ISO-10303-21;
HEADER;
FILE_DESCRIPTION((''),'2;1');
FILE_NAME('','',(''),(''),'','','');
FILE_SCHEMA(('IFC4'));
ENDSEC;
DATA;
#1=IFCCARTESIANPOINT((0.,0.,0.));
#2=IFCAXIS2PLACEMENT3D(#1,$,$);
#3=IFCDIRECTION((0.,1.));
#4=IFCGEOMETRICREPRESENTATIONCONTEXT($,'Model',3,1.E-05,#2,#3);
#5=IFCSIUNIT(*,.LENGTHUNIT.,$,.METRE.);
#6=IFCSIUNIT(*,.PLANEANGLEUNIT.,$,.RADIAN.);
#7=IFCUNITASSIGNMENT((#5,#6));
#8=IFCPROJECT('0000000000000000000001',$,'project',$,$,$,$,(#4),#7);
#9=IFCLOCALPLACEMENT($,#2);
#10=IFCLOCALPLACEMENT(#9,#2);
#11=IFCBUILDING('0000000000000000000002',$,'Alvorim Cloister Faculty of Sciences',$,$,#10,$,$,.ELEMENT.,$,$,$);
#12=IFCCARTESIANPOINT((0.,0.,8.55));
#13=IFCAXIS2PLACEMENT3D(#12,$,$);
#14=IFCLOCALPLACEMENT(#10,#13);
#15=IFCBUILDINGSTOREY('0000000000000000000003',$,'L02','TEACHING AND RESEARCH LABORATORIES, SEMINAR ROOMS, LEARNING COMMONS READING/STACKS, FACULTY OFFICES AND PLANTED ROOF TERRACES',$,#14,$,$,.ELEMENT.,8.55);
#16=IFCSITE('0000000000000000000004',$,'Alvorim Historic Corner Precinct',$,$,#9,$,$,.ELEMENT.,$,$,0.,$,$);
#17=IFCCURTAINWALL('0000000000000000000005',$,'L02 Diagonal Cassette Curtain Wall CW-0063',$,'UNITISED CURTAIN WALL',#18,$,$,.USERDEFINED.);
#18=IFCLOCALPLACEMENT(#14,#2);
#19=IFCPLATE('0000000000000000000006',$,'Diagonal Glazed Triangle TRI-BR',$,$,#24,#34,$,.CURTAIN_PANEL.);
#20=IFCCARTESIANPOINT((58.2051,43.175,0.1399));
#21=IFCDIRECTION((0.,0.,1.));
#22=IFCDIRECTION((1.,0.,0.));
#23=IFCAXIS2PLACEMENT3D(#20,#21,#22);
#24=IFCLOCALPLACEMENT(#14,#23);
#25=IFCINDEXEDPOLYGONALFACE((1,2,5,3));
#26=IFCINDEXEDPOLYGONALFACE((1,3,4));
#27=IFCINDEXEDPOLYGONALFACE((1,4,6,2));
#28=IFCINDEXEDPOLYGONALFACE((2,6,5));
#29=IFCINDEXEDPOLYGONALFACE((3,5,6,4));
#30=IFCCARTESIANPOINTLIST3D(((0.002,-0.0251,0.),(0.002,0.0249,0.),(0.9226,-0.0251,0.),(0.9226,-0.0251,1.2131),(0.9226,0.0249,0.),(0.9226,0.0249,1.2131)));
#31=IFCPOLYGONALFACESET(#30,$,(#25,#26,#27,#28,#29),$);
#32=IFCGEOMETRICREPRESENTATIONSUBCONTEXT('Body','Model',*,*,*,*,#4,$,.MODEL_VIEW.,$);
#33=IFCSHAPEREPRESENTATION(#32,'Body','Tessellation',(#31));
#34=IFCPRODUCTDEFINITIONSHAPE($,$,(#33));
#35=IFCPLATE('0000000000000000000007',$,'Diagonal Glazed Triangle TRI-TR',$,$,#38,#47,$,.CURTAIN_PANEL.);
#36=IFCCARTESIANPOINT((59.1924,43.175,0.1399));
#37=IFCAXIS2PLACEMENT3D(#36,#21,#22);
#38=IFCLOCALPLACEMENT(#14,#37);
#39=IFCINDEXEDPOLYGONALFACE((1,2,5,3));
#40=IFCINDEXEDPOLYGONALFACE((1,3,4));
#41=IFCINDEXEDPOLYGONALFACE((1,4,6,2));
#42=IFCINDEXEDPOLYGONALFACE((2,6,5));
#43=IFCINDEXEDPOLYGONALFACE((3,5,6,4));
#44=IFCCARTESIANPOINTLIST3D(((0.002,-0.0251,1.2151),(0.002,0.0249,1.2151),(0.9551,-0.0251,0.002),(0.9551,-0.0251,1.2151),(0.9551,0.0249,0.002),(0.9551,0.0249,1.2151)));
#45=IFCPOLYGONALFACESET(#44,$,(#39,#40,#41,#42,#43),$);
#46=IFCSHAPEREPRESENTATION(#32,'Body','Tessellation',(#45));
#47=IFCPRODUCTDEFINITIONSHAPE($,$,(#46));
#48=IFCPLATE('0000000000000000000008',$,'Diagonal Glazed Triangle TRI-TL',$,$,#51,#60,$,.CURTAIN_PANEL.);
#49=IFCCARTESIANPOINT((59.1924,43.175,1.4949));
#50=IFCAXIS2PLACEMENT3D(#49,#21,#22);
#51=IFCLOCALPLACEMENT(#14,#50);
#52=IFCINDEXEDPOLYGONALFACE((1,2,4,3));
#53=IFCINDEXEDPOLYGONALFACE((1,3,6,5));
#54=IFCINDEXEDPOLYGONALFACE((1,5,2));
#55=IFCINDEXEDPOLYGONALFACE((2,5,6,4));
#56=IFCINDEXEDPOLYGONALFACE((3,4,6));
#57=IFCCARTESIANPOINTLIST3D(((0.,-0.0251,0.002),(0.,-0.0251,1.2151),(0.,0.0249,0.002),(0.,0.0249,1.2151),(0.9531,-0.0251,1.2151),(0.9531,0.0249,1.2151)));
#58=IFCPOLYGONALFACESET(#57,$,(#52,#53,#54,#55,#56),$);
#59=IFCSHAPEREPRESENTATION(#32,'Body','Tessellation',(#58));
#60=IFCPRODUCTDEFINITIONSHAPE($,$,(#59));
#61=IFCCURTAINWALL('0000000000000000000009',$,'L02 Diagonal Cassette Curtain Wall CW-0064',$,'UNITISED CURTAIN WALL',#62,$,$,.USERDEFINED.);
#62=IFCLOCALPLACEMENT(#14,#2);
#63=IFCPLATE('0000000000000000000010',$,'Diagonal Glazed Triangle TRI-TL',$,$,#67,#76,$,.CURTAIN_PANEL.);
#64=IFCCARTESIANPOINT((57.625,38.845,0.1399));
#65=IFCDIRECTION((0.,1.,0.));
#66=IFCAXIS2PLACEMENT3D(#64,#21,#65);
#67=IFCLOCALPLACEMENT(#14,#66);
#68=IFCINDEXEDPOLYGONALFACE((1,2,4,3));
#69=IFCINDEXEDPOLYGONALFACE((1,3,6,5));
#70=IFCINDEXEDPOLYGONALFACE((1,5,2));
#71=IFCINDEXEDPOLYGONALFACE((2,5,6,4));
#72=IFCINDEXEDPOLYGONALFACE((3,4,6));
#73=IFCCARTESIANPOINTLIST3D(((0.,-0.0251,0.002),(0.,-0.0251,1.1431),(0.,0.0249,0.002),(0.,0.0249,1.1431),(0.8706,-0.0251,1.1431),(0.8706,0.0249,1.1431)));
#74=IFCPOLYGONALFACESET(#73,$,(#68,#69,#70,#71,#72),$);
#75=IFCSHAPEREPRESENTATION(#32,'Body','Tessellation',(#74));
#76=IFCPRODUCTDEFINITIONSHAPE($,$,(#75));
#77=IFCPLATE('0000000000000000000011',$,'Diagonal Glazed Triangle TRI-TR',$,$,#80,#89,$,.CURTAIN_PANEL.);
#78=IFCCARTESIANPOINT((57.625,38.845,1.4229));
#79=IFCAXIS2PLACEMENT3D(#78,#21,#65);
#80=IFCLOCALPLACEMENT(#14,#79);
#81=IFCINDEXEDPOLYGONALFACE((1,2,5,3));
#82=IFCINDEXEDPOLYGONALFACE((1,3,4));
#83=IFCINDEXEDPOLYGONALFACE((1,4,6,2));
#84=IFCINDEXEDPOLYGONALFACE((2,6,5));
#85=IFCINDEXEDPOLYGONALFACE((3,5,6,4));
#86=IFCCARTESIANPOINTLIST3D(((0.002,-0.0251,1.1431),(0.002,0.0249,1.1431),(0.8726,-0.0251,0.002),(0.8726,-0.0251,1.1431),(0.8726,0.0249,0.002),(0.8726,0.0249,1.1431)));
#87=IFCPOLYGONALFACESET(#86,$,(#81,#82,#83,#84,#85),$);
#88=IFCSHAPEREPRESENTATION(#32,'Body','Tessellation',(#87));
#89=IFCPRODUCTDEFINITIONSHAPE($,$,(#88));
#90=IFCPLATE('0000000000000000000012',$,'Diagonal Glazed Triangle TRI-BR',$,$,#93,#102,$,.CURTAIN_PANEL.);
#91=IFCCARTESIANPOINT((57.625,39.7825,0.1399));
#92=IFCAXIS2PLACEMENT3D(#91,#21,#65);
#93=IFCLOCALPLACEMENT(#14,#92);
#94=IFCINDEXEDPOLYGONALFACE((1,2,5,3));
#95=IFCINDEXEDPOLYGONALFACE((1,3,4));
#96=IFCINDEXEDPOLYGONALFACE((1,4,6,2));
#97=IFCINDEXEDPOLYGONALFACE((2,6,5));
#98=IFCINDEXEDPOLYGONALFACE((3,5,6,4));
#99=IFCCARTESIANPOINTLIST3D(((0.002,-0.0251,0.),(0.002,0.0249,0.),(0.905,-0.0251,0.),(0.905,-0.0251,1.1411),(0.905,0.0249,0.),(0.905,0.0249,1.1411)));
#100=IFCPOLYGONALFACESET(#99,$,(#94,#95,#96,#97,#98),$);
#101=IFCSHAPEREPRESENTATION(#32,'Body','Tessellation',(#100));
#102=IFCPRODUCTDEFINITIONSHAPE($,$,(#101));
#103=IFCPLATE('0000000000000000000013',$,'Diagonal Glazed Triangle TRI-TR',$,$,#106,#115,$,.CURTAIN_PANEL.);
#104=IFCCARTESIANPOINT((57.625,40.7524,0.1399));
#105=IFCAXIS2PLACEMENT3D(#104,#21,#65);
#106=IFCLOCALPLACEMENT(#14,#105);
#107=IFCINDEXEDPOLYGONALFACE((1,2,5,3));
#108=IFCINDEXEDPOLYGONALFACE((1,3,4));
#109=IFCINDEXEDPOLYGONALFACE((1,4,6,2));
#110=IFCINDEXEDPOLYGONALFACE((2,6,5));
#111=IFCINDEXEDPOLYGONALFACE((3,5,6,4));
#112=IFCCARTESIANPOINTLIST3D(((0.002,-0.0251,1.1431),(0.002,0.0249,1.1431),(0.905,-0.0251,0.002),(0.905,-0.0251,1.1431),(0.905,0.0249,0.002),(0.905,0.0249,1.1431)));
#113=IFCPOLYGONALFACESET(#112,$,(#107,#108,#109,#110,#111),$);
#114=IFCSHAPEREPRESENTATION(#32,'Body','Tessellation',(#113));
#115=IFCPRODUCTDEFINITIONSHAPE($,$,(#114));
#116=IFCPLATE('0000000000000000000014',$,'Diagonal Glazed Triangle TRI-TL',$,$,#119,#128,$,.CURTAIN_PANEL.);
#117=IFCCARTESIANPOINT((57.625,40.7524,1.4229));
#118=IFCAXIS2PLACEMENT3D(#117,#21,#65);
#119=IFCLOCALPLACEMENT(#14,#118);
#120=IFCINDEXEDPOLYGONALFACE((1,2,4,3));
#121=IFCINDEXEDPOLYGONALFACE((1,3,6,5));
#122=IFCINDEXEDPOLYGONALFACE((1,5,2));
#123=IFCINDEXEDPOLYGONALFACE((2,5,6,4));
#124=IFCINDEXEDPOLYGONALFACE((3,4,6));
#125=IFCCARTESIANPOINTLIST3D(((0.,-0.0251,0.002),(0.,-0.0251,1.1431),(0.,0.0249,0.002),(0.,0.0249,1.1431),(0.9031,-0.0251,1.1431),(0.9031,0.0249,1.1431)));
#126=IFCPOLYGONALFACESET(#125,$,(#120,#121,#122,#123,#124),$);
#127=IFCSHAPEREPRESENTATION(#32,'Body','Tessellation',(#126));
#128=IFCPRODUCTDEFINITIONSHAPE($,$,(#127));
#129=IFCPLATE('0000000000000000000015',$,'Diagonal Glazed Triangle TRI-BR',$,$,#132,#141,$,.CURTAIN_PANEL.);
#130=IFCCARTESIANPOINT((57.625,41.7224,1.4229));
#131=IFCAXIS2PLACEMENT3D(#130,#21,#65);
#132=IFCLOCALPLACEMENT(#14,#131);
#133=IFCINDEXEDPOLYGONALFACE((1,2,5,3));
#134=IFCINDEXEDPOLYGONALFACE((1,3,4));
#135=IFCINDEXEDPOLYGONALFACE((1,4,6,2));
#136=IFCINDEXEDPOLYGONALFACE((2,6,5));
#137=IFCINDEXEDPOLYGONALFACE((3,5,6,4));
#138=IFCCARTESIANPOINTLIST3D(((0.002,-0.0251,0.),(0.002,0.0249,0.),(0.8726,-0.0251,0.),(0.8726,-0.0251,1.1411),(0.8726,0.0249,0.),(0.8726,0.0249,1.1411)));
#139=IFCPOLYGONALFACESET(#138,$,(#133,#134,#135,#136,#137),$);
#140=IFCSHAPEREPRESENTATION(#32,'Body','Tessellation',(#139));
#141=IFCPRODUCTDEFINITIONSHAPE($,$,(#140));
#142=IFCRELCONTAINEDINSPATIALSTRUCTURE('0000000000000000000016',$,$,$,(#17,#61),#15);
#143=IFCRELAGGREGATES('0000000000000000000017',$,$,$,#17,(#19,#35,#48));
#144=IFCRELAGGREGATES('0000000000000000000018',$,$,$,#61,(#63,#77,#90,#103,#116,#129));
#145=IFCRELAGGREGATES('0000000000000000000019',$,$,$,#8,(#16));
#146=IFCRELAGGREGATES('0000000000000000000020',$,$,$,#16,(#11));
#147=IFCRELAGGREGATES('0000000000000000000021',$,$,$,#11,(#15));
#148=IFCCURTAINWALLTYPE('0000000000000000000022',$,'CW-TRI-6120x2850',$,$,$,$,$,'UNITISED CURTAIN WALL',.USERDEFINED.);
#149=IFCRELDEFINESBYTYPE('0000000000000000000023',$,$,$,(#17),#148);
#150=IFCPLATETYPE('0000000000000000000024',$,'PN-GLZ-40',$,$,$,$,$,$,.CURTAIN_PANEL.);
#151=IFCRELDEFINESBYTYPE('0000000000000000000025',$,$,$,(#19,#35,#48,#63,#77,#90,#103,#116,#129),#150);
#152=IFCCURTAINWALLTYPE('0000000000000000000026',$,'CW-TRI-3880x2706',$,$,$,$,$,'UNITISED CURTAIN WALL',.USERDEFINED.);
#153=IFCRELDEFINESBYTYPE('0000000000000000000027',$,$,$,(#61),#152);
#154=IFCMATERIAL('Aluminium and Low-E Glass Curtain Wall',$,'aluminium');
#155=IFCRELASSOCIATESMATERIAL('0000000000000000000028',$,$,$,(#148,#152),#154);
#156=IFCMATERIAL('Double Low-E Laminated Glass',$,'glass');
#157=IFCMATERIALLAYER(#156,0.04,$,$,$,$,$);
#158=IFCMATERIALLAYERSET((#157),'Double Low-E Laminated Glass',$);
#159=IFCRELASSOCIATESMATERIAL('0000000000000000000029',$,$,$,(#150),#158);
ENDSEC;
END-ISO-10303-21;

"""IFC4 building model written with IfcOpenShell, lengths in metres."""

from ifc_helpers import new_model, si_unit, direction, frame, origin, place, context, subcontext, project, spatial, polyline, outline, extrude, material, layer, layer_set, type_object, element, aggregate, save


model = new_model("IFC4")

# Units and contexts
model_context = context("Model", 3, precision=1e-05, world=origin(), true_north=direction((0.0, 1.0)))
body_context = subcontext(model_context, "Body", "Model", "MODEL_VIEW")
ifc_project = project(units=[si_unit("LENGTHUNIT", "METRE"), si_unit("PLANEANGLEUNIT", "RADIAN")], contexts=[model_context])

# Site, building, storey
site_placement = place(None, origin())
site = spatial("IfcSite", under=ifc_project, at=site_placement, Name="Alvorim Historic Corner Precinct", CompositionType="ELEMENT", RefElevation=0.0)
building_placement = place(site_placement, origin())
building = spatial("IfcBuilding", under=site, at=building_placement, Name="Alvorim Cloister Faculty of Sciences", CompositionType="ELEMENT")
storey_placement = place(building_placement, frame((0.0, 0.0, 8.55)))
storey = spatial("IfcBuildingStorey", under=building, at=storey_placement, Name="L02", Description="TEACHING AND RESEARCH LABORATORIES, SEMINAR ROOMS, LEARNING COMMONS READING/STACKS, FACULTY OFFICES AND PLANTED ROOF TERRACES", CompositionType="ELEMENT", Elevation=8.55)

# Curtain wall, plates
ifc_material_1 = material(Name="Aluminium and Low-E Glass Curtain Wall", Category="aluminium")
curtain_wall_type_1 = type_object("IfcCurtainWallType", Name="CW-TRI-6120x2850", ElementType="UNITISED CURTAIN WALL", PredefinedType="USERDEFINED", material=ifc_material_1)
curtain_wall_1_placement = place(storey_placement, origin())
curtain_wall_1 = element("IfcCurtainWall", 1, at=curtain_wall_1_placement, inside=storey, type_object=curtain_wall_type_1, Name="L02 Diagonal Cassette Curtain Wall CW-0063", ObjectType="UNITISED CURTAIN WALL", PredefinedType="USERDEFINED")
ifc_material_2 = material(Name="Double Low-E Laminated Glass", Category="glass")
ifc_layer_1 = layer(ifc_material_2, 0.04)
ifc_layer_set_1 = layer_set([ifc_layer_1], Name="Double Low-E Laminated Glass")
plate_type = type_object("IfcPlateType", Name="PN-GLZ-40", PredefinedType="CURTAIN_PANEL", material=ifc_layer_set_1)
plate_1_placement = place(storey_placement, frame((58.2051, 43.175, 0.1399), z_axis=(0.0, 0.0, 1.0), x_axis=(1.0, 0.0, 0.0)))
plate_1 = element("IfcPlate", 2, at=plate_1_placement, type_object=plate_type, Name="Diagonal Glazed Triangle TRI-BR", PredefinedType="CURTAIN_PANEL", context=body_context, shape_type="SweptSolid", body=[
    extrude(outline(polyline([(0.002, 0.0), (0.9226, 0.0), (0.9226, 1.2131), (0.002, 0.0)])), frame((0.0, 0.0249, 0.0), z_axis=(0.0, -1.0, 0.0), x_axis=(1.0, 0.0, 0.0)), (0.0, 0.0, 1.0), 0.05),
])
plate_2_placement = place(storey_placement, frame((59.1924, 43.175, 0.1399), z_axis=(0.0, 0.0, 1.0), x_axis=(1.0, 0.0, 0.0)))
plate_2 = element("IfcPlate", 3, at=plate_2_placement, type_object=plate_type, Name="Diagonal Glazed Triangle TRI-TR", PredefinedType="CURTAIN_PANEL", context=body_context, shape_type="SweptSolid", body=[
    extrude(outline(polyline([(0.9551, 0.002), (0.9551, 1.2151), (0.002, 1.2151), (0.9551, 0.002)])), frame((0.0, 0.0249, 0.0), z_axis=(0.0, -1.0, 0.0), x_axis=(1.0, 0.0, 0.0)), (0.0, 0.0, 1.0), 0.05),
])
plate_3_placement = place(storey_placement, frame((59.1924, 43.175, 1.4949), z_axis=(0.0, 0.0, 1.0), x_axis=(1.0, 0.0, 0.0)))
plate_3 = element("IfcPlate", 4, at=plate_3_placement, type_object=plate_type, Name="Diagonal Glazed Triangle TRI-TL", PredefinedType="CURTAIN_PANEL", context=body_context, shape_type="SweptSolid", body=[
    extrude(outline(polyline([(0.9531, 1.2151), (0.0, 1.2151), (0.0, 0.002), (0.9531, 1.2151)])), frame((0.0, 0.0249, 0.0), z_axis=(0.0, -1.0, 0.0), x_axis=(1.0, 0.0, 0.0)), (0.0, 0.0, 1.0), 0.05),
])
aggregate(curtain_wall_1, [plate_1, plate_2, plate_3])

# Curtain wall, plates
curtain_wall_type_2 = type_object("IfcCurtainWallType", Name="CW-TRI-3880x2706", ElementType="UNITISED CURTAIN WALL", PredefinedType="USERDEFINED", material=ifc_material_1)
curtain_wall_2_placement = place(storey_placement, origin())
curtain_wall_2 = element("IfcCurtainWall", 5, at=curtain_wall_2_placement, inside=storey, type_object=curtain_wall_type_2, Name="L02 Diagonal Cassette Curtain Wall CW-0064", ObjectType="UNITISED CURTAIN WALL", PredefinedType="USERDEFINED")
plate_4_placement = place(storey_placement, frame((57.625, 38.845, 0.1399), z_axis=(0.0, 0.0, 1.0), x_axis=(0.0, 1.0, 0.0)))
plate_4 = element("IfcPlate", 6, at=plate_4_placement, type_object=plate_type, Name="Diagonal Glazed Triangle TRI-TL", PredefinedType="CURTAIN_PANEL", context=body_context, shape_type="SweptSolid", body=[
    extrude(outline(polyline([(0.8706, 1.1431), (0.0, 1.1431), (0.0, 0.002), (0.8706, 1.1431)])), frame((0.0, 0.0249, 0.0), z_axis=(0.0, -1.0, 0.0), x_axis=(1.0, 0.0, 0.0)), (0.0, 0.0, 1.0), 0.05),
])
plate_5_placement = place(storey_placement, frame((57.625, 38.845, 1.4229), z_axis=(0.0, 0.0, 1.0), x_axis=(0.0, 1.0, 0.0)))
plate_5 = element("IfcPlate", 7, at=plate_5_placement, type_object=plate_type, Name="Diagonal Glazed Triangle TRI-TR", PredefinedType="CURTAIN_PANEL", context=body_context, shape_type="SweptSolid", body=[
    extrude(outline(polyline([(0.8726, 0.002), (0.8726, 1.1431), (0.002, 1.1431), (0.8726, 0.002)])), frame((0.0, 0.0249, 0.0), z_axis=(0.0, -1.0, 0.0), x_axis=(1.0, 0.0, 0.0)), (0.0, 0.0, 1.0), 0.05),
])
plate_6_placement = place(storey_placement, frame((57.625, 39.7825, 0.1399), z_axis=(0.0, 0.0, 1.0), x_axis=(0.0, 1.0, 0.0)))
plate_6 = element("IfcPlate", 8, at=plate_6_placement, type_object=plate_type, Name="Diagonal Glazed Triangle TRI-BR", PredefinedType="CURTAIN_PANEL", context=body_context, shape_type="SweptSolid", body=[
    extrude(outline(polyline([(0.002, 0.0), (0.905, 0.0), (0.905, 1.1411), (0.002, 0.0)])), frame((0.0, 0.0249, 0.0), z_axis=(0.0, -1.0, 0.0), x_axis=(1.0, 0.0, 0.0)), (0.0, 0.0, 1.0), 0.05),
])
plate_7_placement = place(storey_placement, frame((57.625, 40.7524, 0.1399), z_axis=(0.0, 0.0, 1.0), x_axis=(0.0, 1.0, 0.0)))
plate_7 = element("IfcPlate", 9, at=plate_7_placement, type_object=plate_type, Name="Diagonal Glazed Triangle TRI-TR", PredefinedType="CURTAIN_PANEL", context=body_context, shape_type="SweptSolid", body=[
    extrude(outline(polyline([(0.905, 0.002), (0.905, 1.1431), (0.002, 1.1431), (0.905, 0.002)])), frame((0.0, 0.0249, 0.0), z_axis=(0.0, -1.0, 0.0), x_axis=(1.0, 0.0, 0.0)), (0.0, 0.0, 1.0), 0.05),
])
plate_8_placement = place(storey_placement, frame((57.625, 40.7524, 1.4229), z_axis=(0.0, 0.0, 1.0), x_axis=(0.0, 1.0, 0.0)))
plate_8 = element("IfcPlate", 10, at=plate_8_placement, type_object=plate_type, Name="Diagonal Glazed Triangle TRI-TL", PredefinedType="CURTAIN_PANEL", context=body_context, shape_type="SweptSolid", body=[
    extrude(outline(polyline([(0.9031, 1.1431), (0.0, 1.1431), (0.0, 0.002), (0.9031, 1.1431)])), frame((0.0, 0.0249, 0.0), z_axis=(0.0, -1.0, 0.0), x_axis=(1.0, 0.0, 0.0)), (0.0, 0.0, 1.0), 0.05),
])
plate_9_placement = place(storey_placement, frame((57.625, 41.7224, 1.4229), z_axis=(0.0, 0.0, 1.0), x_axis=(0.0, 1.0, 0.0)))
plate_9 = element("IfcPlate", 11, at=plate_9_placement, type_object=plate_type, Name="Diagonal Glazed Triangle TRI-BR", PredefinedType="CURTAIN_PANEL", context=body_context, shape_type="SweptSolid", body=[
    extrude(outline(polyline([(0.002, 0.0), (0.8726, 0.0), (0.8726, 1.1411), (0.002, 0.0)])), frame((0.0, 0.0249, 0.0), z_axis=(0.0, -1.0, 0.0), x_axis=(1.0, 0.0, 0.0)), (0.0, 0.0, 1.0), 0.05),
])
aggregate(curtain_wall_2, [plate_4, plate_5, plate_6, plate_7, plate_8, plate_9])

save(model, "model.ifc")
